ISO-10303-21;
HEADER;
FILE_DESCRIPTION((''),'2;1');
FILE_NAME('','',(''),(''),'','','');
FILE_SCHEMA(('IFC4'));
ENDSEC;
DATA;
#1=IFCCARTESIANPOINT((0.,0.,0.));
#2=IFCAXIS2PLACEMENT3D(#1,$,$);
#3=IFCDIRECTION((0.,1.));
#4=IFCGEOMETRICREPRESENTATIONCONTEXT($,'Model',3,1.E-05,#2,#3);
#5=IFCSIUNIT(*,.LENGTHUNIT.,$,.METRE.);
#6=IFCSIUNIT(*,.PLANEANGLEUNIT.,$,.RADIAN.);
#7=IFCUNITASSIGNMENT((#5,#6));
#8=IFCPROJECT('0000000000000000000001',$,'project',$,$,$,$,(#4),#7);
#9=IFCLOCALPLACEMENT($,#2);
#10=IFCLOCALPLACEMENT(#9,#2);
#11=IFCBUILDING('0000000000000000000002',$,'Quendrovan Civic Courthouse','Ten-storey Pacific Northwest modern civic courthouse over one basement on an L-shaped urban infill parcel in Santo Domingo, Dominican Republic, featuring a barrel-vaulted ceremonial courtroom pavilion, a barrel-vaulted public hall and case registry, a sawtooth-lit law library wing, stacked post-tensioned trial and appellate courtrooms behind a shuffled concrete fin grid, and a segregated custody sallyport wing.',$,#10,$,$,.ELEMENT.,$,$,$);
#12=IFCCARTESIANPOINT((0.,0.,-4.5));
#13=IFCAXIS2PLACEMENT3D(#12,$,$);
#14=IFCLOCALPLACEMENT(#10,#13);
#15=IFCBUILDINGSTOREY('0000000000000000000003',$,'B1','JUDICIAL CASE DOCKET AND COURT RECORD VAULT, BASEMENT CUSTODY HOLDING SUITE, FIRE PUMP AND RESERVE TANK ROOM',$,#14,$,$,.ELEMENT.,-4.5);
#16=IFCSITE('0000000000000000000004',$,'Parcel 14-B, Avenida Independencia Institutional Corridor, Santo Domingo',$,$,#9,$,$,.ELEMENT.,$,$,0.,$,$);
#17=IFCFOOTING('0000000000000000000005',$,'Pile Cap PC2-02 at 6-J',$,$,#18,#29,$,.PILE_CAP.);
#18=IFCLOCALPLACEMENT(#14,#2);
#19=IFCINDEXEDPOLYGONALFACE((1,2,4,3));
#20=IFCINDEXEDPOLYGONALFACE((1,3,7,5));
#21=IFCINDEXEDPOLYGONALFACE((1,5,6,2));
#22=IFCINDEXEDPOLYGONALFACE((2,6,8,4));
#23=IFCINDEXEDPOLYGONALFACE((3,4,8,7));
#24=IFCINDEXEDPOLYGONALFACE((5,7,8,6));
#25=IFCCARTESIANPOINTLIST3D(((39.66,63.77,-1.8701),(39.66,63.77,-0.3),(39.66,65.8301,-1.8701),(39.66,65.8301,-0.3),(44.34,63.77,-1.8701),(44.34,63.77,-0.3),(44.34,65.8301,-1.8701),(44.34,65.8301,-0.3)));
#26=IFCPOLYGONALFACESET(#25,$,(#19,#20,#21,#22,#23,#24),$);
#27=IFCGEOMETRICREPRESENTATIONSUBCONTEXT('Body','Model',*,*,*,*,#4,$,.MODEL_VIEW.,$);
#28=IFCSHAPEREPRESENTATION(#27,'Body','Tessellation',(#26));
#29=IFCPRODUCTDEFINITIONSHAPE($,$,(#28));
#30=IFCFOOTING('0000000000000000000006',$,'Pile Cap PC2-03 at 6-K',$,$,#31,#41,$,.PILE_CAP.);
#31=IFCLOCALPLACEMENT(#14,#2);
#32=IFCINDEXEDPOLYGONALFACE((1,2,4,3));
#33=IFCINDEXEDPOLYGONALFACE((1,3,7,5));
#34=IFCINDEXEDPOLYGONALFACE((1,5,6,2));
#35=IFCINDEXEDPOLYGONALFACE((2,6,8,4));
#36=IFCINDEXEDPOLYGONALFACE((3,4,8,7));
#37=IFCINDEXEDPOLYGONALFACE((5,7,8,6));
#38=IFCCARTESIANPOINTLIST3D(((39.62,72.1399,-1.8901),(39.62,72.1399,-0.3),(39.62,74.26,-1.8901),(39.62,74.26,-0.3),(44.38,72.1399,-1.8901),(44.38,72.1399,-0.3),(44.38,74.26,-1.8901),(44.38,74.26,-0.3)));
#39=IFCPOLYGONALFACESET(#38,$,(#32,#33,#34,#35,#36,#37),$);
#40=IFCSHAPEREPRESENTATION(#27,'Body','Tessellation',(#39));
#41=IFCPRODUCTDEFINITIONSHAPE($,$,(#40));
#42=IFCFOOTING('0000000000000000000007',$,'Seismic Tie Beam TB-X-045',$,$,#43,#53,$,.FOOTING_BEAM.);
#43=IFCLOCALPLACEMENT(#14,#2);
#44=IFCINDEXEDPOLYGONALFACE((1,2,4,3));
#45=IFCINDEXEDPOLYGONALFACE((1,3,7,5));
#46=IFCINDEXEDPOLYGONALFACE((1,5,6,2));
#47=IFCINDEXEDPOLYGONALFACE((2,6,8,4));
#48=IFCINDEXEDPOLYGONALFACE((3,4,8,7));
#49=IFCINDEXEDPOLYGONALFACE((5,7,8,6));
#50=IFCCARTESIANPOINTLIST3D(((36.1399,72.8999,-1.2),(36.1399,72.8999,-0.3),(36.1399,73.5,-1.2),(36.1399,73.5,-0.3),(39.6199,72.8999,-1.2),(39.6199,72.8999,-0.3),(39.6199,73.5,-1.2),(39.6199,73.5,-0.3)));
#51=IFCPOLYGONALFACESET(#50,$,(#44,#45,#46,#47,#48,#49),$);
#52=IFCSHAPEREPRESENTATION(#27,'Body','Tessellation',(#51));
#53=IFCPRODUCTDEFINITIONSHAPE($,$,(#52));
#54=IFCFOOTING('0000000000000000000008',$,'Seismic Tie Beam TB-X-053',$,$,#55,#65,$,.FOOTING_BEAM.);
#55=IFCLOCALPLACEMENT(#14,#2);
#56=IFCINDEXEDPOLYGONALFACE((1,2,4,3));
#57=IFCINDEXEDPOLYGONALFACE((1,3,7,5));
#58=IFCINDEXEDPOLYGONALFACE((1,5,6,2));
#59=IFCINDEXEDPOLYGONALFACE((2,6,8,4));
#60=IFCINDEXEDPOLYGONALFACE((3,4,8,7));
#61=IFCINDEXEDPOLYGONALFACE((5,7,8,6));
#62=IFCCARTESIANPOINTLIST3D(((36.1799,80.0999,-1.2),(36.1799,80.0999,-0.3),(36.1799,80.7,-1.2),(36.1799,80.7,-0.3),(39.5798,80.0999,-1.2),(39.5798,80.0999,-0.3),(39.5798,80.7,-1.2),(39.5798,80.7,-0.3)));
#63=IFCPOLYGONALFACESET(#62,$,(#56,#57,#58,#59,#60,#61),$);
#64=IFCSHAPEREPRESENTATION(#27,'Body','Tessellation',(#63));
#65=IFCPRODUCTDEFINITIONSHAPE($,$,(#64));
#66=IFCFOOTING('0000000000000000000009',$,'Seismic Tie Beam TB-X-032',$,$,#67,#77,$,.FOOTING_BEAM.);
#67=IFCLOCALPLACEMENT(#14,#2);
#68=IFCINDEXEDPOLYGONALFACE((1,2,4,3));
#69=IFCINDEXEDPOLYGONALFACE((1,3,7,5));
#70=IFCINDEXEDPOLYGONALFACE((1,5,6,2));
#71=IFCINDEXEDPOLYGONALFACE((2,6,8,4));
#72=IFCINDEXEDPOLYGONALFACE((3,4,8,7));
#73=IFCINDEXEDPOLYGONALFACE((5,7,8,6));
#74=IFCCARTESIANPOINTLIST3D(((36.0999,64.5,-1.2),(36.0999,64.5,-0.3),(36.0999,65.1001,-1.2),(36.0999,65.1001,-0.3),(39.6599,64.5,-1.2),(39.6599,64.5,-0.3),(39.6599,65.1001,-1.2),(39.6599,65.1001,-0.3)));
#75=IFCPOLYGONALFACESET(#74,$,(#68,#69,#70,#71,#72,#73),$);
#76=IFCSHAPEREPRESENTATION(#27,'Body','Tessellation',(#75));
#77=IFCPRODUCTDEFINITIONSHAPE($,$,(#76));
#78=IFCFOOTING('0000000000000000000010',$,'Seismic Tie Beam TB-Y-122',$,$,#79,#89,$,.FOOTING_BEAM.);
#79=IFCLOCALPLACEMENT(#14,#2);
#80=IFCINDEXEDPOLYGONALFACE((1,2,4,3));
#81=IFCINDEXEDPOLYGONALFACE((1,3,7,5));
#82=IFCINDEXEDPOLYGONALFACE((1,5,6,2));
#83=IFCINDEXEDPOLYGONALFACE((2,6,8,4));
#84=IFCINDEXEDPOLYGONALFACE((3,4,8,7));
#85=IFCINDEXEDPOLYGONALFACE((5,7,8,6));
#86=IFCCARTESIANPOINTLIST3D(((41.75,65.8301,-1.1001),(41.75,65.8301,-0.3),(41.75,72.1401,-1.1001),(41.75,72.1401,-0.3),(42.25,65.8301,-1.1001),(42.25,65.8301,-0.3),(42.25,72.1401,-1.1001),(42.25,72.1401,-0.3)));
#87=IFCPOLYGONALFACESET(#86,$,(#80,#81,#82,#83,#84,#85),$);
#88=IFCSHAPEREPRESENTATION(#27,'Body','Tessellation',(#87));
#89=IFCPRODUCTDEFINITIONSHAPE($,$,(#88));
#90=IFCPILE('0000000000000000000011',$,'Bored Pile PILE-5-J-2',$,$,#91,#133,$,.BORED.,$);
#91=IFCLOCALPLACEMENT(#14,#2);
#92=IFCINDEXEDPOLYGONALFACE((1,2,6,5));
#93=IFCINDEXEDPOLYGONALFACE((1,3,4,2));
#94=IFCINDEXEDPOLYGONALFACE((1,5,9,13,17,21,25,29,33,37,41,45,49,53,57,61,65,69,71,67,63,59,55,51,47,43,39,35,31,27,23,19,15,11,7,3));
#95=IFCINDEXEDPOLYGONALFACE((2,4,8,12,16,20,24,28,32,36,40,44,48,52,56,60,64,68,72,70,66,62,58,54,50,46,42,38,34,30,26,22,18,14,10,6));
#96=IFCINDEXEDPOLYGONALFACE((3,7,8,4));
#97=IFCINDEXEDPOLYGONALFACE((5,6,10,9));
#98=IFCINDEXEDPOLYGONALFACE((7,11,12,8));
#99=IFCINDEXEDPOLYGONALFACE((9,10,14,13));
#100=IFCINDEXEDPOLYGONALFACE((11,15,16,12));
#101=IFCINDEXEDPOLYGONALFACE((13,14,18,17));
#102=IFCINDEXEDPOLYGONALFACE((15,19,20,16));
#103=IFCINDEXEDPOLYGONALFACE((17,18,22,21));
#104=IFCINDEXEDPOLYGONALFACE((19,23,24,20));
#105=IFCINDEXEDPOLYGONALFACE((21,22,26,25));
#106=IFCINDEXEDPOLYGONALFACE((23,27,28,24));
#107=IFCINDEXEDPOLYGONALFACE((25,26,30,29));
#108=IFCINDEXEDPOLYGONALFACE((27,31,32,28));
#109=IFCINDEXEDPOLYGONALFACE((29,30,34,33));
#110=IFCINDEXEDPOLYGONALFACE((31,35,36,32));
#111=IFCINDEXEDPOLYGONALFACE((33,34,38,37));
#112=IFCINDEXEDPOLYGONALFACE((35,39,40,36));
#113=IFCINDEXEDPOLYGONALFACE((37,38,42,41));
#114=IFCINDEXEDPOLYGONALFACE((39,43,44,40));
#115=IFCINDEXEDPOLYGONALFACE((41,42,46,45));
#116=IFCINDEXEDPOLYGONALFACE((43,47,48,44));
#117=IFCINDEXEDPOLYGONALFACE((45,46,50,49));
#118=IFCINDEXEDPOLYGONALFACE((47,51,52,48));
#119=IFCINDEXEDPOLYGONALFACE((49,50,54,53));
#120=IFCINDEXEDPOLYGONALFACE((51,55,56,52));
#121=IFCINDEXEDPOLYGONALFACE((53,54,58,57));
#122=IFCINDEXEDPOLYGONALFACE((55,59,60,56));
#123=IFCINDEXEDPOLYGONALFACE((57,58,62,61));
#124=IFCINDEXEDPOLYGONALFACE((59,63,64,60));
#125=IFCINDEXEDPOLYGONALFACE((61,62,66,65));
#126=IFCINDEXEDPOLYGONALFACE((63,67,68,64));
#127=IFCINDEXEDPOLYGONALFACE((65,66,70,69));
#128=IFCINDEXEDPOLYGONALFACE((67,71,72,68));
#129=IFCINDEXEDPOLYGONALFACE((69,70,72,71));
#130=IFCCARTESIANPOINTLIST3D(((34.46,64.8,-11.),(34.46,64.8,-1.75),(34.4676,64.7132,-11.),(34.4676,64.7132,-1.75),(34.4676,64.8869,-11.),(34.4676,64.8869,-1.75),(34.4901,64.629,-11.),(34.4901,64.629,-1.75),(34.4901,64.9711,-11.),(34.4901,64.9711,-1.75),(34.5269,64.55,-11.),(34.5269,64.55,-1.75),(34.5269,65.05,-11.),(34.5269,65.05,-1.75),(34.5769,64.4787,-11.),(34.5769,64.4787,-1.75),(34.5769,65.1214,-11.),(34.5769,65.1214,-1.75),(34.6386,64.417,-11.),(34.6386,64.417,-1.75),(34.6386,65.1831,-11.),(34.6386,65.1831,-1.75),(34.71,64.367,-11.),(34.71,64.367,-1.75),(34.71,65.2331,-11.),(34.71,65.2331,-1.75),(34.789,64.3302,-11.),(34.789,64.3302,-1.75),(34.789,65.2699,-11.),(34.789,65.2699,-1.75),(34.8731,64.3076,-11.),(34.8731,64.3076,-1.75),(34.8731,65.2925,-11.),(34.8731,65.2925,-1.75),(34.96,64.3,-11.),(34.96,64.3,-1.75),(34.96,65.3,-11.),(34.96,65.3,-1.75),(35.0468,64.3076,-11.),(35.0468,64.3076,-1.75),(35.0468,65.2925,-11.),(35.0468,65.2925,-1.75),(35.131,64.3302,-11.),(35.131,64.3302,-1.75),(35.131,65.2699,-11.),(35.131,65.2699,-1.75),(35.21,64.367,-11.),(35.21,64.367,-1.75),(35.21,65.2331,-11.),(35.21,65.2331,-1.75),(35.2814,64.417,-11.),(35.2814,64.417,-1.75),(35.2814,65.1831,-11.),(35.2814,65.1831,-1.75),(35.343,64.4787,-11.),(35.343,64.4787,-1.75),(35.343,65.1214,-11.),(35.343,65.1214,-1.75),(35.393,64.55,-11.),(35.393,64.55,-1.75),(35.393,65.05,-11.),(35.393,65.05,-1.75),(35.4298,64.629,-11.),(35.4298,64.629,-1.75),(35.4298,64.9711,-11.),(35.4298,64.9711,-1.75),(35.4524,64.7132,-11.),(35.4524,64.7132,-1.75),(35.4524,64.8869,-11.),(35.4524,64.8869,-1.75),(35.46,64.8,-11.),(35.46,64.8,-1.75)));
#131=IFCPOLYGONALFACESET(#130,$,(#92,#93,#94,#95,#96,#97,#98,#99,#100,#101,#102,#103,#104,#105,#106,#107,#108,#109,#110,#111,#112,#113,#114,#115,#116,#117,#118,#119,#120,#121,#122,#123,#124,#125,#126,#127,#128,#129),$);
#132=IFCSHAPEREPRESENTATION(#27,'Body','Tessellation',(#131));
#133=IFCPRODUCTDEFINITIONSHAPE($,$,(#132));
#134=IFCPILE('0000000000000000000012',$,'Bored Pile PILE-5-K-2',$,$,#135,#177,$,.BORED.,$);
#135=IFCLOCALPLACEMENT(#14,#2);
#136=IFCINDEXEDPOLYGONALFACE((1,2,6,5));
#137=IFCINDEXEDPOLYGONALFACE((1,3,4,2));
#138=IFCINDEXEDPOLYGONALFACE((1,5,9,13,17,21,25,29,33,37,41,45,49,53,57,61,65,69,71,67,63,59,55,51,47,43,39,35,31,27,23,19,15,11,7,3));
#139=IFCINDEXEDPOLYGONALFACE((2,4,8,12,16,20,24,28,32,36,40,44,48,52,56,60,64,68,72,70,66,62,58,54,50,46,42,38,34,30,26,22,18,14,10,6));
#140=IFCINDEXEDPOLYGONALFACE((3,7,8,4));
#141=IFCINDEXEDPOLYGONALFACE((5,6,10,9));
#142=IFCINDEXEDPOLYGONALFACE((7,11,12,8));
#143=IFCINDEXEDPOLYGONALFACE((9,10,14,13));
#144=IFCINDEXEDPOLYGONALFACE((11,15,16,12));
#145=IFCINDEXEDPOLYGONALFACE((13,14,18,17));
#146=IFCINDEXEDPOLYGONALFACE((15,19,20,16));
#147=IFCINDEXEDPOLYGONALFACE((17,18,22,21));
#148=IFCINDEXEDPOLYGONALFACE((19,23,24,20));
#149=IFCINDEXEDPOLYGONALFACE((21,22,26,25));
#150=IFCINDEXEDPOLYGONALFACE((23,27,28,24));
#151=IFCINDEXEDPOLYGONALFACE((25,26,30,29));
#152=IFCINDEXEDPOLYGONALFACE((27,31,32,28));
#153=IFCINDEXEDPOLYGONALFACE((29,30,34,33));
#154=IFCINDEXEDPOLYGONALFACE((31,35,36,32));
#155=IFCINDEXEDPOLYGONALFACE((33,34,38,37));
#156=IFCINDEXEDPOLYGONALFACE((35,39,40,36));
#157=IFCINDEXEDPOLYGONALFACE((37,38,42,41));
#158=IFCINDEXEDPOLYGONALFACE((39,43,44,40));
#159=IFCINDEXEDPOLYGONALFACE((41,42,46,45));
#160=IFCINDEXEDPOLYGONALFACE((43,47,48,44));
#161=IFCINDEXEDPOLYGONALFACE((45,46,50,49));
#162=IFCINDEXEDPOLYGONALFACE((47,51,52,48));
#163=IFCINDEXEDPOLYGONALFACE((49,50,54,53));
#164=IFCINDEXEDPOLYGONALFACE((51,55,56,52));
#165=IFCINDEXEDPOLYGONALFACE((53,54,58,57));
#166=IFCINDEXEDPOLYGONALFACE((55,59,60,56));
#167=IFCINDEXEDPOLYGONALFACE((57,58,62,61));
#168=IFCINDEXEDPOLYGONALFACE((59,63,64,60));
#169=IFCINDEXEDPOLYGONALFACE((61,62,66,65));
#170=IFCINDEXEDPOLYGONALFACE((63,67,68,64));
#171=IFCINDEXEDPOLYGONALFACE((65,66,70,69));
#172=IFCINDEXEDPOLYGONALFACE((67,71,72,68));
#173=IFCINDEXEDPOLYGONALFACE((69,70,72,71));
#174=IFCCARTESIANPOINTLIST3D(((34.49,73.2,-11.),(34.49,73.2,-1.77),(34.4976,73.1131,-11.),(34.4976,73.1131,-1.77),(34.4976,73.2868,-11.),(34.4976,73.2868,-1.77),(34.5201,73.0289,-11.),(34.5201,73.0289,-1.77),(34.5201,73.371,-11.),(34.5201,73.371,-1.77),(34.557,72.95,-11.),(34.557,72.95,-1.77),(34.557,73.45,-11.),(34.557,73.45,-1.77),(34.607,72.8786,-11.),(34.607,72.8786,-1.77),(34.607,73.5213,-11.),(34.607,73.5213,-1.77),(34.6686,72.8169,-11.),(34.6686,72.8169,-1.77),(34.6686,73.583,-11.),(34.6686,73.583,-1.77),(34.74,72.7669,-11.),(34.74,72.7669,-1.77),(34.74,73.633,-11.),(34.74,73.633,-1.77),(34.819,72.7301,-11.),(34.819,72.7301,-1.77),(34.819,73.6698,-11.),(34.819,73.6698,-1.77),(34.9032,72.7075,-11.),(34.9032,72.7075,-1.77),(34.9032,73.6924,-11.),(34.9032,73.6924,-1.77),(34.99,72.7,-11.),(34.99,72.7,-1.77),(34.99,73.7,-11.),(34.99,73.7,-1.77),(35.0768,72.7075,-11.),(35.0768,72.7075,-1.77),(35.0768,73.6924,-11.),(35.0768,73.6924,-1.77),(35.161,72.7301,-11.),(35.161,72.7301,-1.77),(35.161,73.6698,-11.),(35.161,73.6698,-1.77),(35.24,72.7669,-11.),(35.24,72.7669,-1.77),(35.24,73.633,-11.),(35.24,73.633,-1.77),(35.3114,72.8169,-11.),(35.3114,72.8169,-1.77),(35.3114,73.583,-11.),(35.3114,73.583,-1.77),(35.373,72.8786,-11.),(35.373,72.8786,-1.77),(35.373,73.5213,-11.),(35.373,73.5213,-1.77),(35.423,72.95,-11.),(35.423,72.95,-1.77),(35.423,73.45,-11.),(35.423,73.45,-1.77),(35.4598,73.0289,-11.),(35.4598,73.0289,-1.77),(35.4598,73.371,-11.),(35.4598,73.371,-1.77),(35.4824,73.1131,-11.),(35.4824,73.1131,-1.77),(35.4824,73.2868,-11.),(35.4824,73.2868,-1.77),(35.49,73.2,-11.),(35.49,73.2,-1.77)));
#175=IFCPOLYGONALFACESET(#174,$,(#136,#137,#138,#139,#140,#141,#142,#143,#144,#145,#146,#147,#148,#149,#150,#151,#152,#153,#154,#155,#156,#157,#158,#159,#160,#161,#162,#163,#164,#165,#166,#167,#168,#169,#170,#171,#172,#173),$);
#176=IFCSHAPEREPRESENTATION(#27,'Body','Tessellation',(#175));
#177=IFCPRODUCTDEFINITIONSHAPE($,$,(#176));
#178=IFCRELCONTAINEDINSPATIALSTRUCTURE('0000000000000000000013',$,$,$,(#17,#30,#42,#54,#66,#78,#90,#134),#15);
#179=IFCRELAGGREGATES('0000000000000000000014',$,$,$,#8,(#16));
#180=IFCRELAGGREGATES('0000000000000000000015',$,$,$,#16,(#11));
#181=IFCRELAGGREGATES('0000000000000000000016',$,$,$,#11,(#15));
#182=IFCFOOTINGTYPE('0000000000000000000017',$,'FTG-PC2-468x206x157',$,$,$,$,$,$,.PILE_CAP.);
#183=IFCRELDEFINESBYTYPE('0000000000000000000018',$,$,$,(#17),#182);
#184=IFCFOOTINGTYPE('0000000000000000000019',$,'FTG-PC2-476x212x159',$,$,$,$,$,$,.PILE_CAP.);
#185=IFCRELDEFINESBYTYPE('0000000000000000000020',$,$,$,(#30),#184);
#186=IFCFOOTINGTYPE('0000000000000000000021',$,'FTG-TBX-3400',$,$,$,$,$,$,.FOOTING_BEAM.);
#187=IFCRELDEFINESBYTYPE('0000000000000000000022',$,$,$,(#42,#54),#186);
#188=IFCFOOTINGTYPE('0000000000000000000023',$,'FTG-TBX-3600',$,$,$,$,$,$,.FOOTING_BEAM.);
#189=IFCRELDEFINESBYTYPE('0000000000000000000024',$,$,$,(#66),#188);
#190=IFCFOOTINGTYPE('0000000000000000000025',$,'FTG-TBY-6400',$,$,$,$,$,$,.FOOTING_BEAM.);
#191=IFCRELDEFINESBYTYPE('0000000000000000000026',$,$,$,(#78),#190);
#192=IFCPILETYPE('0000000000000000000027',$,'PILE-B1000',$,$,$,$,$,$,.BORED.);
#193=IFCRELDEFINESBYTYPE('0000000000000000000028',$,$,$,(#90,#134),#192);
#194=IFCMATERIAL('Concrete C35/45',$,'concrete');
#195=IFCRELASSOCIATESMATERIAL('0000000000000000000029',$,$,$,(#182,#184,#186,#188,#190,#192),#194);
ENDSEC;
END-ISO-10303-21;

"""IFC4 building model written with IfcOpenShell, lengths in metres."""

from ifc_helpers import new_model, si_unit, direction, frame, origin, origin_2d, place, context, subcontext, project, spatial, rectangle, circle, extrude, material, material_profile, profile_set, type_object, element, save


model = new_model("IFC4")

# Units and contexts
model_context = context("Model", 3, precision=1e-05, world=origin(), true_north=direction((0.0, 1.0)))
body_context = subcontext(model_context, "Body", "Model", "MODEL_VIEW")
ifc_project = project(units=[si_unit("LENGTHUNIT", "METRE"), si_unit("PLANEANGLEUNIT", "RADIAN")], contexts=[model_context])

# Site, building, storey
site_placement = place(None, origin())
site = spatial("IfcSite", under=ifc_project, at=site_placement, Name="Parcel 14-B, Avenida Independencia Institutional Corridor, Santo Domingo", CompositionType="ELEMENT", RefElevation=0.0)
building_placement = place(site_placement, origin())
building = spatial("IfcBuilding", under=site, at=building_placement, Name="Quendrovan Civic Courthouse", Description="Ten-storey Pacific Northwest modern civic courthouse over one basement on an L-shaped urban infill parcel in Santo Domingo, Dominican Republic, featuring a barrel-vaulted ceremonial courtroom pavilion, a barrel-vaulted public hall and case registry, a sawtooth-lit law library wing, stacked post-tensioned trial and appellate courtrooms behind a shuffled concrete fin grid, and a segregated custody sallyport wing.", CompositionType="ELEMENT")
storey_placement = place(building_placement, frame((0.0, 0.0, -4.5)))
storey = spatial("IfcBuildingStorey", under=building, at=storey_placement, Name="B1", Description="JUDICIAL CASE DOCKET AND COURT RECORD VAULT, BASEMENT CUSTODY HOLDING SUITE, FIRE PUMP AND RESERVE TANK ROOM", CompositionType="ELEMENT", Elevation=-4.5)

# Footings
ifc_material_1 = material(Name="Concrete C35/45", Category="concrete")
footing_type_1 = type_object("IfcFootingType", Name="FTG-PC2-468x206x157", PredefinedType="PILE_CAP", material=ifc_material_1)
footing_1_placement = place(storey_placement, frame((42.0, 64.8, -1.8701), z_axis=(0.0, 0.0, 1.0), x_axis=(1.0, 0.0, 0.0)))
element("IfcFooting", 1, at=footing_1_placement, inside=storey, type_object=footing_type_1, Name="Pile Cap PC2-02 at 6-J", PredefinedType="PILE_CAP", context=body_context, shape_type="SweptSolid", body=[
    extrude(rectangle(XDim=4.6799, YDim=2.0601, at=origin_2d()), origin(), (0.0, 0.0, 1.0), 1.5701),
])
footing_type_2 = type_object("IfcFootingType", Name="FTG-PC2-476x212x159", PredefinedType="PILE_CAP", material=ifc_material_1)
footing_2_placement = place(storey_placement, frame((42.0, 73.2, -1.8901), z_axis=(0.0, 0.0, 1.0), x_axis=(1.0, 0.0, 0.0)))
element("IfcFooting", 2, at=footing_2_placement, inside=storey, type_object=footing_type_2, Name="Pile Cap PC2-03 at 6-K", PredefinedType="PILE_CAP", context=body_context, shape_type="SweptSolid", body=[
    extrude(rectangle(XDim=4.76, YDim=2.1201, at=origin_2d()), origin(), (0.0, 0.0, 1.0), 1.5901),
])
footing_type_3 = type_object("IfcFootingType", Name="FTG-TBX-3400", PredefinedType="FOOTING_BEAM", material=ifc_material_1)
footing_3_placement = place(storey_placement, frame((37.8799, 73.2, -1.2), z_axis=(0.0, 0.0, 1.0), x_axis=(1.0, 0.0, 0.0)))
element("IfcFooting", 3, at=footing_3_placement, inside=storey, type_object=footing_type_3, Name="Seismic Tie Beam TB-X-045", PredefinedType="FOOTING_BEAM", context=body_context, shape_type="SweptSolid", body=[
    extrude(rectangle(XDim=3.48, YDim=0.6001, at=origin_2d()), origin(), (0.0, 0.0, 1.0), 0.8999),
])
footing_4_placement = place(storey_placement, frame((37.8799, 80.3999, -1.2), z_axis=(0.0, 0.0, 1.0), x_axis=(1.0, 0.0, 0.0)))
element("IfcFooting", 4, at=footing_4_placement, inside=storey, type_object=footing_type_3, Name="Seismic Tie Beam TB-X-053", PredefinedType="FOOTING_BEAM", context=body_context, shape_type="SweptSolid", body=[
    extrude(rectangle(XDim=3.3999, YDim=0.6001, at=origin_2d()), origin(), (0.0, 0.0, 1.0), 0.8999),
])
footing_type_4 = type_object("IfcFootingType", Name="FTG-TBX-3600", PredefinedType="FOOTING_BEAM", material=ifc_material_1)
footing_5_placement = place(storey_placement, frame((37.8799, 64.8, -1.2), z_axis=(0.0, 0.0, 1.0), x_axis=(1.0, 0.0, 0.0)))
element("IfcFooting", 5, at=footing_5_placement, inside=storey, type_object=footing_type_4, Name="Seismic Tie Beam TB-X-032", PredefinedType="FOOTING_BEAM", context=body_context, shape_type="SweptSolid", body=[
    extrude(rectangle(XDim=3.5601, YDim=0.6001, at=origin_2d()), origin(), (0.0, 0.0, 1.0), 0.8999),
])
footing_type_5 = type_object("IfcFootingType", Name="FTG-TBY-6400", PredefinedType="FOOTING_BEAM", material=ifc_material_1)
footing_6_placement = place(storey_placement, frame((42.0, 68.9851, -1.1001), z_axis=(0.0, 0.0, 1.0), x_axis=(1.0, 0.0, 0.0)))
element("IfcFooting", 6, at=footing_6_placement, inside=storey, type_object=footing_type_5, Name="Seismic Tie Beam TB-Y-122", PredefinedType="FOOTING_BEAM", context=body_context, shape_type="SweptSolid", body=[
    extrude(rectangle(XDim=0.5, YDim=6.3101, at=origin_2d()), origin(), (0.0, 0.0, 1.0), 0.8),
])

# Piles
ifc_material_profile_1 = material_profile(ifc_material_1, circle(Radius=0.5, at=origin_2d()), Name="PILE-D1000")
ifc_profile_set_1 = profile_set([ifc_material_profile_1], Name="Concrete C35/45")
pile_type = type_object("IfcPileType", Name="PILE-B1000", PredefinedType="BORED", material=ifc_profile_set_1)
pile_1_placement = place(storey_placement, frame((34.96, 64.8, -1.75), z_axis=(0.0, 0.0, -1.0), x_axis=(1.0, 0.0, 0.0)))
element("IfcPile", 7, at=pile_1_placement, inside=storey, type_object=pile_type, Name="Bored Pile PILE-5-J-2", PredefinedType="BORED", context=body_context, shape_type="SweptSolid", body=[
    extrude(circle(Radius=0.5, at=origin_2d()), origin(), (0.0, 0.0, 1.0), 9.25),
])
pile_2_placement = place(storey_placement, frame((34.99, 73.2, -1.77), z_axis=(0.0, 0.0, -1.0), x_axis=(1.0, 0.0, 0.0)))
element("IfcPile", 8, at=pile_2_placement, inside=storey, type_object=pile_type, Name="Bored Pile PILE-5-K-2", PredefinedType="BORED", context=body_context, shape_type="SweptSolid", body=[
    extrude(circle(Radius=0.5, at=origin_2d()), origin(), (0.0, 0.0, 1.0), 9.23),
])

save(model, "model.ifc")
